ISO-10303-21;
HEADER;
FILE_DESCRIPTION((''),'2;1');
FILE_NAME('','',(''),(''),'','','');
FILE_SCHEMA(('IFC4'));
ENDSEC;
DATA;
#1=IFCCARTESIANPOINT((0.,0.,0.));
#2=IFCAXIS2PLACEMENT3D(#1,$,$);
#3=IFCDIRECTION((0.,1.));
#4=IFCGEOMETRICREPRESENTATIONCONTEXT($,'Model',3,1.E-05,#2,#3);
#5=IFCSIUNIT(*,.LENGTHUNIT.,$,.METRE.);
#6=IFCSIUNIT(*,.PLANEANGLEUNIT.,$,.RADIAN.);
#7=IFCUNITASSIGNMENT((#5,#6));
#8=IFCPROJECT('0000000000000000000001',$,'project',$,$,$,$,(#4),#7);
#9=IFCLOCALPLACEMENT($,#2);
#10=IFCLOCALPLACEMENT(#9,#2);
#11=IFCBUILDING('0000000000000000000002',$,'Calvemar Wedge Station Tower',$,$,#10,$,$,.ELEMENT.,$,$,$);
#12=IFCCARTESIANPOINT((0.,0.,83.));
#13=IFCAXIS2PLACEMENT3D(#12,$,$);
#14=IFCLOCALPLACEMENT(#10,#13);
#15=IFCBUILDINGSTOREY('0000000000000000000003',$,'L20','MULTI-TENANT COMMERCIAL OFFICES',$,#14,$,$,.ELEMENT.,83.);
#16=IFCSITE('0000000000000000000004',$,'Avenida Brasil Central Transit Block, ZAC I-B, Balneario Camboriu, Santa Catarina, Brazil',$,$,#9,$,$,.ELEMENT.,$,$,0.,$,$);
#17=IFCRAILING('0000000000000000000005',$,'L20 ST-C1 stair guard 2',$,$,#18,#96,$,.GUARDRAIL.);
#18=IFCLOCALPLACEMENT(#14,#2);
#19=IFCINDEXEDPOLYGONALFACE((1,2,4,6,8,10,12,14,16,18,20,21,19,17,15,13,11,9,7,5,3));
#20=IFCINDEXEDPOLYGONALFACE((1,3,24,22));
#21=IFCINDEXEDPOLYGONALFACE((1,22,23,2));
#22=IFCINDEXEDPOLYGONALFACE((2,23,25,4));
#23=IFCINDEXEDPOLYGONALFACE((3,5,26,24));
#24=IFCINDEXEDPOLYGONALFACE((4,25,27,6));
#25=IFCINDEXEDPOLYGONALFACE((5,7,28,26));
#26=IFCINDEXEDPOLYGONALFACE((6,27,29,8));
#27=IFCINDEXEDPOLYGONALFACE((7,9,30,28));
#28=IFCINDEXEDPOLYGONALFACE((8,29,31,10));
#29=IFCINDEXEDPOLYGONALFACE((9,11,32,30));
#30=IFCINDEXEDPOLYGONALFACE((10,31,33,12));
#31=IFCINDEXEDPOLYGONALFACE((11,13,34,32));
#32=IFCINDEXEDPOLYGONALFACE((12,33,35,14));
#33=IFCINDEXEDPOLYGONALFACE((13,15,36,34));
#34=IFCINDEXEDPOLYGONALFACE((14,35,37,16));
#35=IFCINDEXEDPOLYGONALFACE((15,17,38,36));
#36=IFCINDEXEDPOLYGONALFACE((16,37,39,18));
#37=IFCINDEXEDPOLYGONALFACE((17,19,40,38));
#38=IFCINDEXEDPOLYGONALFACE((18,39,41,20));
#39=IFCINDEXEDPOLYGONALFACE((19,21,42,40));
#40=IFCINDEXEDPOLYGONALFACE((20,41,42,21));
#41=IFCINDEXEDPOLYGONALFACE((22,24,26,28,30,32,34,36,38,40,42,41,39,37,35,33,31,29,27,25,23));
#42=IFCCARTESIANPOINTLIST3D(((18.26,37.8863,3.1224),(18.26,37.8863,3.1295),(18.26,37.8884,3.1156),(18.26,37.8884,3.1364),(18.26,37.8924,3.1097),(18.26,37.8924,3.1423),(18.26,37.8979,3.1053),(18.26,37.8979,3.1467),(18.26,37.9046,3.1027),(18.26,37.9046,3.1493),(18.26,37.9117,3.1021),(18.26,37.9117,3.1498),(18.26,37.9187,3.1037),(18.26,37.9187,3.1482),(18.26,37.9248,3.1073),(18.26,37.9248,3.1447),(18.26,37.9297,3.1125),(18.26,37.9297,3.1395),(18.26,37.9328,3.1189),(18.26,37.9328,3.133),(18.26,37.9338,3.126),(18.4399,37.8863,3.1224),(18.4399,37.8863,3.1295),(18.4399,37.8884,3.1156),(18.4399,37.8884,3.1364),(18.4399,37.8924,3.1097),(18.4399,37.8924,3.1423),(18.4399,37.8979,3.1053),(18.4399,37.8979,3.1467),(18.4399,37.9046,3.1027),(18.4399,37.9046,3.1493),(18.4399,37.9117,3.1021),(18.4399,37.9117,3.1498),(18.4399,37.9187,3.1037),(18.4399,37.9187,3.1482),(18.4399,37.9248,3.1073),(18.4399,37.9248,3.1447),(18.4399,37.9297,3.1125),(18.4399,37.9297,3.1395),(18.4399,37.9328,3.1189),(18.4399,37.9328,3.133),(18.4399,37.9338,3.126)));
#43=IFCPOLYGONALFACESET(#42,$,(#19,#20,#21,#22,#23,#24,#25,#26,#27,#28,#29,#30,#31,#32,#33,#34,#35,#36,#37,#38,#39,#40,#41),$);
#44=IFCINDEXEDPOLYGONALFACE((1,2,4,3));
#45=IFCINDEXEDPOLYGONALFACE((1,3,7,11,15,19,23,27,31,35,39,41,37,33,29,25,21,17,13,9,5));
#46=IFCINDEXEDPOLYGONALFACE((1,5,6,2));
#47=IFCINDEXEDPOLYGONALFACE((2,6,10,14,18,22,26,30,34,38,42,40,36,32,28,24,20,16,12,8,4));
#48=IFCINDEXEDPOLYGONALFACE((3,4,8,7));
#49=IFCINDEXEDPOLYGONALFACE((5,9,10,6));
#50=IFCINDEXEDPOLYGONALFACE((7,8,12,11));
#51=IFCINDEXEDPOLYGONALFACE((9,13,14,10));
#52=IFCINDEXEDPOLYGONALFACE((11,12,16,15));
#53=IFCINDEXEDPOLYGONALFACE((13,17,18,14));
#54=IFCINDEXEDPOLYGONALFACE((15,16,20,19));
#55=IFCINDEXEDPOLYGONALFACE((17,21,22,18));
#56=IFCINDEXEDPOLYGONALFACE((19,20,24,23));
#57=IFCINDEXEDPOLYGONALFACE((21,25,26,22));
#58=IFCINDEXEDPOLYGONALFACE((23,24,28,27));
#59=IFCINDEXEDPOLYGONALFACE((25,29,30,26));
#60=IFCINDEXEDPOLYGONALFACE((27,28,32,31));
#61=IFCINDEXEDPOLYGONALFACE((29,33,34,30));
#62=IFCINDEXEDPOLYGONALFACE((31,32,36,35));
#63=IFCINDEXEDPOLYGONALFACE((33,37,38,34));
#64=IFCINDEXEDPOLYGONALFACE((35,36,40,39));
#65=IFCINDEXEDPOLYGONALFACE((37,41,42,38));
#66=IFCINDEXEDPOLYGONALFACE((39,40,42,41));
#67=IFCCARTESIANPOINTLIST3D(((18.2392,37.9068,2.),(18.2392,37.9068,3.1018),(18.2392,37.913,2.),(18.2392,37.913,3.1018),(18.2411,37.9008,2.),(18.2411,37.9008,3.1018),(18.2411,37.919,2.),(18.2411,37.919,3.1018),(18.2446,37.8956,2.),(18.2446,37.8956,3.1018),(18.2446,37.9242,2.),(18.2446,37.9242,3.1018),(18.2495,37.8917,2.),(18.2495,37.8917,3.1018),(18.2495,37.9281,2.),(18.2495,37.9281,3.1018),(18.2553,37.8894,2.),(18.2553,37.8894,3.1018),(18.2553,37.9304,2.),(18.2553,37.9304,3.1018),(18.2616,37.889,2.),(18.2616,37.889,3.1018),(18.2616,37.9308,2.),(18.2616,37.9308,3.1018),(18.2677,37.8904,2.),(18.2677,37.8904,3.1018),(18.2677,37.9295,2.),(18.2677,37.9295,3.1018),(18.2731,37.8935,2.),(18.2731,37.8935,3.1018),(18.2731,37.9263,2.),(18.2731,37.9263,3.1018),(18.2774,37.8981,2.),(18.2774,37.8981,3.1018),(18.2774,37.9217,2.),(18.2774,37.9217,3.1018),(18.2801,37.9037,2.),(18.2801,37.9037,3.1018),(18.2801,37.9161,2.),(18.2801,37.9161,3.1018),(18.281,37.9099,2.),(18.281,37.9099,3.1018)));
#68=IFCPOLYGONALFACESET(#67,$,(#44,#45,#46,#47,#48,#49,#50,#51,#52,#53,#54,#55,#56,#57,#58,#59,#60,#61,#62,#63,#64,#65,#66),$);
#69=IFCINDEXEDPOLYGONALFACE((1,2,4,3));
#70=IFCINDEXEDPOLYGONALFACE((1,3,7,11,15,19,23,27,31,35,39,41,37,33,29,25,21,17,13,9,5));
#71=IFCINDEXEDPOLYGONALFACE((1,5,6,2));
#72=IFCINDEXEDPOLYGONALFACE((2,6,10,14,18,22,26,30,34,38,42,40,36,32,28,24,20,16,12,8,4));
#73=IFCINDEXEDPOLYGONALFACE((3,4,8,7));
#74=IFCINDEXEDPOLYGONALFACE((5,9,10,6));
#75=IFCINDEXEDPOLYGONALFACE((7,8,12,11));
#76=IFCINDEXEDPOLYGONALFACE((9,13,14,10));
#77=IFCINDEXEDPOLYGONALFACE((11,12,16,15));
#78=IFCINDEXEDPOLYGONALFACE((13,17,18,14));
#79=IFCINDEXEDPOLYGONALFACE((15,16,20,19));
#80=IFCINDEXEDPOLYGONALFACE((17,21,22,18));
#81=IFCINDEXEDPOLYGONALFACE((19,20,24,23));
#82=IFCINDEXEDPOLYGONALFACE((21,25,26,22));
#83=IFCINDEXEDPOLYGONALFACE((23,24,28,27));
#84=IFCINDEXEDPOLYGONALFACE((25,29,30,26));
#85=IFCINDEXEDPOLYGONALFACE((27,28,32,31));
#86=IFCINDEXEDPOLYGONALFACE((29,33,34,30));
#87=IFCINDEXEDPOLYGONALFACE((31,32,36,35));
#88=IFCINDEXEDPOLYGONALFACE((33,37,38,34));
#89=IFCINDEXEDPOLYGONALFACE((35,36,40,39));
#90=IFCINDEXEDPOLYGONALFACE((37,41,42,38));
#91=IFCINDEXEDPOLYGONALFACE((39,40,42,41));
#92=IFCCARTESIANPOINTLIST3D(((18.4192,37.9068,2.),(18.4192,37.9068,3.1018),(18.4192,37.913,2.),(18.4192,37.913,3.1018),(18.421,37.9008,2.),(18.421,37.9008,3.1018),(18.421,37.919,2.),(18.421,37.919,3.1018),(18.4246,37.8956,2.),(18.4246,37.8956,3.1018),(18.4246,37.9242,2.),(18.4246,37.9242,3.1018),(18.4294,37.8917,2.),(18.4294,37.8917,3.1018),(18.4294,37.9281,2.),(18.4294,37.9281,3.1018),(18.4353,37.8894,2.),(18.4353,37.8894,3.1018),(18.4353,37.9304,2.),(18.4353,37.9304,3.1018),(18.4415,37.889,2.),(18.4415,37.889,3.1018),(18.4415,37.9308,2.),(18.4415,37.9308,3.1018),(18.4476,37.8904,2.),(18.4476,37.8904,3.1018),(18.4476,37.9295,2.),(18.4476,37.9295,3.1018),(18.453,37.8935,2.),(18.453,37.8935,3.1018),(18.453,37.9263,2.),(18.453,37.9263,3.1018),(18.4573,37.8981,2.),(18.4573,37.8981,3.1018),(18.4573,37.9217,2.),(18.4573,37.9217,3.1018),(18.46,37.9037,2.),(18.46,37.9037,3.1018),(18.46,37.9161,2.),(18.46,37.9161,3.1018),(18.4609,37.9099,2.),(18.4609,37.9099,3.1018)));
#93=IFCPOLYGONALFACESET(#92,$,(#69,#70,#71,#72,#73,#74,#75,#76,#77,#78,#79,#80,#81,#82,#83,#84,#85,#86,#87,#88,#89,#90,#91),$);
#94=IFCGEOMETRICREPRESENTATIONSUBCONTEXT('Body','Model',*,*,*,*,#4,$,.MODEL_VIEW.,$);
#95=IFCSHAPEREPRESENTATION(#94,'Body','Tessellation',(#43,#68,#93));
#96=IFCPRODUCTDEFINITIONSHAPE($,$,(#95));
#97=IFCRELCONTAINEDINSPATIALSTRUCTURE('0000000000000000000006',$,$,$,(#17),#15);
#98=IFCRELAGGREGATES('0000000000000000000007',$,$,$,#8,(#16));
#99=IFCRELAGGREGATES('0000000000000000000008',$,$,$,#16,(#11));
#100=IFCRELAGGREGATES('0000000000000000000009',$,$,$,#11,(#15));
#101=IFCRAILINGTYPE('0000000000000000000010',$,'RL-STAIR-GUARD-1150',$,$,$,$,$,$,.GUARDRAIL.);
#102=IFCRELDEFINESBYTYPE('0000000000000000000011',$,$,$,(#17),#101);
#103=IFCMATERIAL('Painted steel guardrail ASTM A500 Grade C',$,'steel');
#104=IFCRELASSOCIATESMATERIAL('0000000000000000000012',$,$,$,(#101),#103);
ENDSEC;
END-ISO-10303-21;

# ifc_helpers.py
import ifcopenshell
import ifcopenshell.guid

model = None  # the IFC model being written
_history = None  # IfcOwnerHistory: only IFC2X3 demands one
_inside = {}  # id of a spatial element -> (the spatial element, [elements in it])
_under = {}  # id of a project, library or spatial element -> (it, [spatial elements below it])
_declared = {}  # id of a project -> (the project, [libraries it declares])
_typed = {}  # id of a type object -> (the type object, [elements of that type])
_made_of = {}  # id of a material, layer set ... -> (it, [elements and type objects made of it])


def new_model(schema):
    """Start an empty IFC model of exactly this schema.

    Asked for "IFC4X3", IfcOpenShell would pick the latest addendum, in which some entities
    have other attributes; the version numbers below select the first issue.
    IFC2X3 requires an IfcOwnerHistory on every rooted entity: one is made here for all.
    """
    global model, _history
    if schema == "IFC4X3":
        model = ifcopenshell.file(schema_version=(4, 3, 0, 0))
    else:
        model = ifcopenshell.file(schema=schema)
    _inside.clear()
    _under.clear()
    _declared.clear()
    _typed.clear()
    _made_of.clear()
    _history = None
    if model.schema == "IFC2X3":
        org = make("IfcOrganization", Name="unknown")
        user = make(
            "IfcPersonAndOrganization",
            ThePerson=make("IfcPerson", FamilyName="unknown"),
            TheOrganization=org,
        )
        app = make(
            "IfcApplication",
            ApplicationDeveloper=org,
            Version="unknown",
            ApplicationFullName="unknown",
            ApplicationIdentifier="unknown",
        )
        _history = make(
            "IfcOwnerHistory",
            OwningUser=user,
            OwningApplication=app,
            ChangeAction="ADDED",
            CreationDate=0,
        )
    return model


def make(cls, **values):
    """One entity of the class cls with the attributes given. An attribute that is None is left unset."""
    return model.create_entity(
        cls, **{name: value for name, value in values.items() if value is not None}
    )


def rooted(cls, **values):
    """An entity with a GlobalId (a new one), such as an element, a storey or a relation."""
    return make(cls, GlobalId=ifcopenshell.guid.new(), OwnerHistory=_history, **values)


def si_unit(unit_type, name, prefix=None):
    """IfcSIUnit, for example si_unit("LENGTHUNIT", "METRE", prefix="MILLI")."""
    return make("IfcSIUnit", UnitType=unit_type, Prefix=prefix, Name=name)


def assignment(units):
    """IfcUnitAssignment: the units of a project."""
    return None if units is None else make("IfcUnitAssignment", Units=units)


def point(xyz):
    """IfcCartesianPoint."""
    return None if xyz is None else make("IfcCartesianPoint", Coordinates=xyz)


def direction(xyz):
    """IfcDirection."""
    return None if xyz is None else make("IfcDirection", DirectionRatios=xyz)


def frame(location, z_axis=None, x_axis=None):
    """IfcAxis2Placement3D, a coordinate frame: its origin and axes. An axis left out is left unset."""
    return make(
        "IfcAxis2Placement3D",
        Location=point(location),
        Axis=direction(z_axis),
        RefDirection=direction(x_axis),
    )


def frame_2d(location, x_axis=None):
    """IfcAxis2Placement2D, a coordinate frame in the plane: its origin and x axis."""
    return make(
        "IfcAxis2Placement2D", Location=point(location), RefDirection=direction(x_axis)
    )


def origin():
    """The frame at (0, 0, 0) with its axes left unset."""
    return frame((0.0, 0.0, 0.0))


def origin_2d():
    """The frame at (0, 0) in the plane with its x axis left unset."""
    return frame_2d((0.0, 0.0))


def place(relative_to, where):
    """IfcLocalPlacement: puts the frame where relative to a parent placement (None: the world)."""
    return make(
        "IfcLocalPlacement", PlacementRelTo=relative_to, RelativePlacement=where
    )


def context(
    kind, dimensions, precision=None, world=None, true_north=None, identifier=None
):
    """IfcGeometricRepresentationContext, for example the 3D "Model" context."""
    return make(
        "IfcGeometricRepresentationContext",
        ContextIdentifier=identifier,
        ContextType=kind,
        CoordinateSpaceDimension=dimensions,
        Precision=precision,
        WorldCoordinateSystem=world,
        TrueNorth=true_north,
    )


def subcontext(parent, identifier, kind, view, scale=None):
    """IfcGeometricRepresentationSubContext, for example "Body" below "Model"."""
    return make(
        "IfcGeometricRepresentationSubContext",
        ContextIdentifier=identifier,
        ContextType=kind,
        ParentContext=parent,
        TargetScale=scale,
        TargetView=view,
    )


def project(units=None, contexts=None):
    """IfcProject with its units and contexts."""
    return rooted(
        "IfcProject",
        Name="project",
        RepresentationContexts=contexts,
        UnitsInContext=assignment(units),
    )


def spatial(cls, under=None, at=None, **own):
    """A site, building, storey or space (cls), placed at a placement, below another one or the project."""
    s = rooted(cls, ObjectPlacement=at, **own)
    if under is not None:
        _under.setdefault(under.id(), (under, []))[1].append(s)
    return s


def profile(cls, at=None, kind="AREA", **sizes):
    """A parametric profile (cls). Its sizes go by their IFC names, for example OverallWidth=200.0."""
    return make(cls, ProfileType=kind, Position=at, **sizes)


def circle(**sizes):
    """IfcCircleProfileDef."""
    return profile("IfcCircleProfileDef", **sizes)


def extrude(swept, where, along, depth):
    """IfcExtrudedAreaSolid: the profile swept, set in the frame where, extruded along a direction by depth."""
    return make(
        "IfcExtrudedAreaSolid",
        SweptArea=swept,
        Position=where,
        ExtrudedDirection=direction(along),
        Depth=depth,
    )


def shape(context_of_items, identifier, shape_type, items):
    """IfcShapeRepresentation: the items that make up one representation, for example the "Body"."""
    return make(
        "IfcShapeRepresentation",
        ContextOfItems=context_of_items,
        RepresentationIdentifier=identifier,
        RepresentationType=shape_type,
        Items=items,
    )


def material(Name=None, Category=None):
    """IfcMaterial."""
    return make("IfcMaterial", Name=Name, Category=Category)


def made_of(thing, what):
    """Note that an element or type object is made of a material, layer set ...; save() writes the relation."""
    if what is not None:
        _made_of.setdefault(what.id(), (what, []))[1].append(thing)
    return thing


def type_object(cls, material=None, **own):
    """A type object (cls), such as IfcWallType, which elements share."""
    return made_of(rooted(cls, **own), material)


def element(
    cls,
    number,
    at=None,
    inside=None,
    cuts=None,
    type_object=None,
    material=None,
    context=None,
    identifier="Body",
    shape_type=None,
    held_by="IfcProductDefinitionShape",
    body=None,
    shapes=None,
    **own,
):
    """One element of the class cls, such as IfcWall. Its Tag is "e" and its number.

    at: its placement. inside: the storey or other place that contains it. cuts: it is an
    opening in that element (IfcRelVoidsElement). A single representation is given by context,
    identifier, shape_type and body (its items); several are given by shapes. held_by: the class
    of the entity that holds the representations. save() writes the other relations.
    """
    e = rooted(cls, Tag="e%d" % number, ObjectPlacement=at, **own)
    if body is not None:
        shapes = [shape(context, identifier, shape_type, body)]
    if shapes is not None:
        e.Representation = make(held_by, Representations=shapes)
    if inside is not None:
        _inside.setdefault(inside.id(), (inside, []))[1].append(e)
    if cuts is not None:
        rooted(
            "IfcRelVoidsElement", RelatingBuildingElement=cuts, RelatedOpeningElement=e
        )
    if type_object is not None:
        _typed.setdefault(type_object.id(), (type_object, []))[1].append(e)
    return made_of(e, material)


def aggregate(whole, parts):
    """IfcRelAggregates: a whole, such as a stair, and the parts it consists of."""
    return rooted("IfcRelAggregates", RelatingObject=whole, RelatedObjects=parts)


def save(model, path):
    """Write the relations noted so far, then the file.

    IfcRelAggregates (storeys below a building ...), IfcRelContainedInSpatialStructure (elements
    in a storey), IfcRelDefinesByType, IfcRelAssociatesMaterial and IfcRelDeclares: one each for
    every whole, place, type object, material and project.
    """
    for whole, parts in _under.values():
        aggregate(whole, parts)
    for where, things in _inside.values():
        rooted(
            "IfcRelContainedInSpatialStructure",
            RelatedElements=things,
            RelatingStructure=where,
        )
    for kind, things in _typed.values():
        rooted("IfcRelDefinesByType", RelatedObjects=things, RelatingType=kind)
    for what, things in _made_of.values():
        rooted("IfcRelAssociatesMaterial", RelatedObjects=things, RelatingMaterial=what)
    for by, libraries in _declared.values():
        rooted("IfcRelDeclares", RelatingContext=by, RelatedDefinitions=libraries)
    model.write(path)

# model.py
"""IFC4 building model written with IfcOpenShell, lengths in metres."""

from ifc_helpers import new_model, si_unit, direction, frame, origin, origin_2d, place, context, subcontext, project, spatial, circle, extrude, material, type_object, element, save


model = new_model("IFC4")

# Units and contexts
model_context = context("Model", 3, precision=1e-05, world=origin(), true_north=direction((0.0, 1.0)))
body_context = subcontext(model_context, "Body", "Model", "MODEL_VIEW")
ifc_project = project(units=[si_unit("LENGTHUNIT", "METRE"), si_unit("PLANEANGLEUNIT", "RADIAN")], contexts=[model_context])

# Site, building, storey
site_placement = place(None, origin())
site = spatial("IfcSite", under=ifc_project, at=site_placement, Name="Avenida Brasil Central Transit Block, ZAC I-B, Balneario Camboriu, Santa Catarina, Brazil", CompositionType="ELEMENT", RefElevation=0.0)
building_placement = place(site_placement, origin())
building = spatial("IfcBuilding", under=site, at=building_placement, Name="Calvemar Wedge Station Tower", CompositionType="ELEMENT")
storey_placement = place(building_placement, frame((0.0, 0.0, 83.0)))
storey = spatial("IfcBuildingStorey", under=building, at=storey_placement, Name="L20", Description="MULTI-TENANT COMMERCIAL OFFICES", CompositionType="ELEMENT", Elevation=83.0)

# Railing
ifc_material_1 = material(Name="Painted steel guardrail ASTM A500 Grade C", Category="steel")
railing_type_1 = type_object("IfcRailingType", Name="RL-STAIR-GUARD-1150", PredefinedType="GUARDRAIL", material=ifc_material_1)
railing_1_placement = place(storey_placement, frame((18.26, 37.9099, 2.0)))
element("IfcRailing", 1, at=railing_1_placement, inside=storey, type_object=railing_type_1, Name="L20 ST-C1 stair guard 2", PredefinedType="GUARDRAIL", context=body_context, shape_type="SweptSolid", body=[
    extrude(circle(Radius=0.0239, at=origin_2d()), frame((0.0, 0.0, 1.126), z_axis=(1.0, 0.0, 0.0), x_axis=(0.0, 1.0, 0.0)), (0.0, 0.0, 1.0), 0.1799),
    extrude(circle(Radius=0.021, at=origin_2d()), origin(), (0.0, 0.0, 1.0), 1.1018),
    extrude(circle(Radius=0.021, at=origin_2d()), frame((0.1799, 0.0, 0.0)), (0.0, 0.0, 1.0), 1.1018),
])

save(model, "model.ifc")
